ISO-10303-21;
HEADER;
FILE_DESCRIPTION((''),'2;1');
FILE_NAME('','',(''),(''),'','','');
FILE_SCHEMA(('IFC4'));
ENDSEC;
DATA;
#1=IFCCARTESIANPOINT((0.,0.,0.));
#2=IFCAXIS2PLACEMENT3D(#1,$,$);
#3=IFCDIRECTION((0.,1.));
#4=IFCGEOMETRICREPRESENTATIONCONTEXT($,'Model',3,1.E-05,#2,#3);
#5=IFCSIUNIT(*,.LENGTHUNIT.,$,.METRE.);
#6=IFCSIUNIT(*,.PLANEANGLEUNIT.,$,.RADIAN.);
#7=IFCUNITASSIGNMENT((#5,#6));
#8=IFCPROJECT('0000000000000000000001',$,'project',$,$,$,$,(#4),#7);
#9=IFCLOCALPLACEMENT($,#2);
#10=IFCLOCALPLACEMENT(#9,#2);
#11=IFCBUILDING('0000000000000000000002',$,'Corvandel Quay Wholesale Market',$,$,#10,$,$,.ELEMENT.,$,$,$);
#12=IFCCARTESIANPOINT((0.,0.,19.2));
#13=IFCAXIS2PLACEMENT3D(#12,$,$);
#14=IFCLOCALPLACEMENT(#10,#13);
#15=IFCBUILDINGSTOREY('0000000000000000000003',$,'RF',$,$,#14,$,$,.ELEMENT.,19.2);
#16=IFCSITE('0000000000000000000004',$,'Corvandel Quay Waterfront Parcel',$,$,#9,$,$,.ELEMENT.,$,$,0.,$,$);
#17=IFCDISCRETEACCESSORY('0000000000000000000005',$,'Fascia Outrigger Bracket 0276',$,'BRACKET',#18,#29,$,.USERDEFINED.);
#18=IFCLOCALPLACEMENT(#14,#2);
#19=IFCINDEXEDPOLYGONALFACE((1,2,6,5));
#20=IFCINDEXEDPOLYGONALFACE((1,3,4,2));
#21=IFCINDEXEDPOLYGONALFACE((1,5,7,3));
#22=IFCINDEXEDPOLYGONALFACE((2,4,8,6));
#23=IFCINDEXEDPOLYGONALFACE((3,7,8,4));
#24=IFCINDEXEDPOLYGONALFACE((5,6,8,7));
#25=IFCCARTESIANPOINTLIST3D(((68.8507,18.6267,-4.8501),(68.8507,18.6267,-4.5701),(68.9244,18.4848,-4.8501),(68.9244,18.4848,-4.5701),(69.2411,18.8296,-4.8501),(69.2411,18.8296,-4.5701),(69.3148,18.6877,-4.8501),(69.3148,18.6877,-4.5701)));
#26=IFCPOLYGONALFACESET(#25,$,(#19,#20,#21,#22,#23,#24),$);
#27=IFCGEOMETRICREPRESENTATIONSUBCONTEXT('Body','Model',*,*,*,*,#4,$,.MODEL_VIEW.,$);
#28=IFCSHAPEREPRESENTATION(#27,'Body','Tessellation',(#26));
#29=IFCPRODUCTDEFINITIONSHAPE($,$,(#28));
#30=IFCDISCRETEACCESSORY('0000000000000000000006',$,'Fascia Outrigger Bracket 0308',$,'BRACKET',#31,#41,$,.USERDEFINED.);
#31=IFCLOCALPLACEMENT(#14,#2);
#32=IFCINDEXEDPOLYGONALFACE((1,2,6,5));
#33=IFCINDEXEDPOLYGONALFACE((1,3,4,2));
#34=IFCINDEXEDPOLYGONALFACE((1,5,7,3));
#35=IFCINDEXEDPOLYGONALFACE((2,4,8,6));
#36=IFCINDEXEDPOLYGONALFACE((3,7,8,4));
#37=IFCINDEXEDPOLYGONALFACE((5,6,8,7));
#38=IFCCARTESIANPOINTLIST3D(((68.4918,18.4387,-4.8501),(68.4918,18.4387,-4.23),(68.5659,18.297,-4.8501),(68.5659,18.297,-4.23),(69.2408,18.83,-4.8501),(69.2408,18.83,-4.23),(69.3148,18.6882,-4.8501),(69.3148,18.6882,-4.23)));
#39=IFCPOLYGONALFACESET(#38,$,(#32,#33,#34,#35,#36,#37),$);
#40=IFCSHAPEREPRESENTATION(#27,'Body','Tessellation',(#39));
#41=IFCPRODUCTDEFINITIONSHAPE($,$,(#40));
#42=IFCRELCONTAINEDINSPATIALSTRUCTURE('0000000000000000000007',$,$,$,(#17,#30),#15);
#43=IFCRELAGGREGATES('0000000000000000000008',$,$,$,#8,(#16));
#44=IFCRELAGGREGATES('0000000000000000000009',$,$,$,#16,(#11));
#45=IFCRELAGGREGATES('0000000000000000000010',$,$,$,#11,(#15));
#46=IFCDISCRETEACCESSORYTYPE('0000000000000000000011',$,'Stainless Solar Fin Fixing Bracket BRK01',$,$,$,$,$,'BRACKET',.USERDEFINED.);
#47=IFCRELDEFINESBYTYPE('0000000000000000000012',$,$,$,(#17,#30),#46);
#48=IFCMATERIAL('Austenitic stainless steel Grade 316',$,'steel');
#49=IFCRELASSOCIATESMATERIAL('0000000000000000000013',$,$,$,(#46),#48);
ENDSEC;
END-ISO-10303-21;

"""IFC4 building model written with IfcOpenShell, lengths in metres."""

from ifc_helpers import new_model, si_unit, direction, frame, origin, origin_2d, place, context, subcontext, project, spatial, rectangle, extrude, material, type_object, element, save


model = new_model("IFC4")

# Units and contexts
model_context = context("Model", 3, precision=1e-05, world=origin(), true_north=direction((0.0, 1.0)))
body_context = subcontext(model_context, "Body", "Model", "MODEL_VIEW")
ifc_project = project(units=[si_unit("LENGTHUNIT", "METRE"), si_unit("PLANEANGLEUNIT", "RADIAN")], contexts=[model_context])

# Site, building, storey
site_placement = place(None, origin())
site = spatial("IfcSite", under=ifc_project, at=site_placement, Name="Corvandel Quay Waterfront Parcel", CompositionType="ELEMENT", RefElevation=0.0)
building_placement = place(site_placement, origin())
building = spatial("IfcBuilding", under=site, at=building_placement, Name="Corvandel Quay Wholesale Market", CompositionType="ELEMENT")
storey_placement = place(building_placement, frame((0.0, 0.0, 19.2)))
storey = spatial("IfcBuildingStorey", under=building, at=storey_placement, Name="RF", CompositionType="ELEMENT", Elevation=19.2)

# Discrete accessories
ifc_material_1 = material(Name="Austenitic stainless steel Grade 316", Category="steel")
discrete_accessory_type = type_object("IfcDiscreteAccessoryType", Name="Stainless Solar Fin Fixing Bracket BRK01", ElementType="BRACKET", PredefinedType="USERDEFINED", material=ifc_material_1)
discrete_accessory_1_placement = place(storey_placement, frame((69.0828, 18.6572, -4.8501), z_axis=(0.0, 0.0, 1.0), x_axis=(0.887333, 0.461129, 0.0)))
element("IfcDiscreteAccessory", 1, at=discrete_accessory_1_placement, inside=storey, type_object=discrete_accessory_type, Name="Fascia Outrigger Bracket 0276", ObjectType="BRACKET", PredefinedType="USERDEFINED", context=body_context, shape_type="SweptSolid", body=[
    extrude(rectangle(XDim=0.4399, YDim=0.1599, at=origin_2d()), origin(), (0.0, 0.0, 1.0), 0.28),
])
discrete_accessory_2_placement = place(storey_placement, frame((68.9033, 18.5635, -4.8501), z_axis=(0.0, 0.0, 1.0), x_axis=(0.886365, 0.462987, 0.0)))
element("IfcDiscreteAccessory", 2, at=discrete_accessory_2_placement, inside=storey, type_object=discrete_accessory_type, Name="Fascia Outrigger Bracket 0308", ObjectType="BRACKET", PredefinedType="USERDEFINED", context=body_context, shape_type="SweptSolid", body=[
    extrude(rectangle(XDim=0.845, YDim=0.1599, at=origin_2d()), origin(), (0.0, 0.0, 1.0), 0.6201),
])

save(model, "model.ifc")
